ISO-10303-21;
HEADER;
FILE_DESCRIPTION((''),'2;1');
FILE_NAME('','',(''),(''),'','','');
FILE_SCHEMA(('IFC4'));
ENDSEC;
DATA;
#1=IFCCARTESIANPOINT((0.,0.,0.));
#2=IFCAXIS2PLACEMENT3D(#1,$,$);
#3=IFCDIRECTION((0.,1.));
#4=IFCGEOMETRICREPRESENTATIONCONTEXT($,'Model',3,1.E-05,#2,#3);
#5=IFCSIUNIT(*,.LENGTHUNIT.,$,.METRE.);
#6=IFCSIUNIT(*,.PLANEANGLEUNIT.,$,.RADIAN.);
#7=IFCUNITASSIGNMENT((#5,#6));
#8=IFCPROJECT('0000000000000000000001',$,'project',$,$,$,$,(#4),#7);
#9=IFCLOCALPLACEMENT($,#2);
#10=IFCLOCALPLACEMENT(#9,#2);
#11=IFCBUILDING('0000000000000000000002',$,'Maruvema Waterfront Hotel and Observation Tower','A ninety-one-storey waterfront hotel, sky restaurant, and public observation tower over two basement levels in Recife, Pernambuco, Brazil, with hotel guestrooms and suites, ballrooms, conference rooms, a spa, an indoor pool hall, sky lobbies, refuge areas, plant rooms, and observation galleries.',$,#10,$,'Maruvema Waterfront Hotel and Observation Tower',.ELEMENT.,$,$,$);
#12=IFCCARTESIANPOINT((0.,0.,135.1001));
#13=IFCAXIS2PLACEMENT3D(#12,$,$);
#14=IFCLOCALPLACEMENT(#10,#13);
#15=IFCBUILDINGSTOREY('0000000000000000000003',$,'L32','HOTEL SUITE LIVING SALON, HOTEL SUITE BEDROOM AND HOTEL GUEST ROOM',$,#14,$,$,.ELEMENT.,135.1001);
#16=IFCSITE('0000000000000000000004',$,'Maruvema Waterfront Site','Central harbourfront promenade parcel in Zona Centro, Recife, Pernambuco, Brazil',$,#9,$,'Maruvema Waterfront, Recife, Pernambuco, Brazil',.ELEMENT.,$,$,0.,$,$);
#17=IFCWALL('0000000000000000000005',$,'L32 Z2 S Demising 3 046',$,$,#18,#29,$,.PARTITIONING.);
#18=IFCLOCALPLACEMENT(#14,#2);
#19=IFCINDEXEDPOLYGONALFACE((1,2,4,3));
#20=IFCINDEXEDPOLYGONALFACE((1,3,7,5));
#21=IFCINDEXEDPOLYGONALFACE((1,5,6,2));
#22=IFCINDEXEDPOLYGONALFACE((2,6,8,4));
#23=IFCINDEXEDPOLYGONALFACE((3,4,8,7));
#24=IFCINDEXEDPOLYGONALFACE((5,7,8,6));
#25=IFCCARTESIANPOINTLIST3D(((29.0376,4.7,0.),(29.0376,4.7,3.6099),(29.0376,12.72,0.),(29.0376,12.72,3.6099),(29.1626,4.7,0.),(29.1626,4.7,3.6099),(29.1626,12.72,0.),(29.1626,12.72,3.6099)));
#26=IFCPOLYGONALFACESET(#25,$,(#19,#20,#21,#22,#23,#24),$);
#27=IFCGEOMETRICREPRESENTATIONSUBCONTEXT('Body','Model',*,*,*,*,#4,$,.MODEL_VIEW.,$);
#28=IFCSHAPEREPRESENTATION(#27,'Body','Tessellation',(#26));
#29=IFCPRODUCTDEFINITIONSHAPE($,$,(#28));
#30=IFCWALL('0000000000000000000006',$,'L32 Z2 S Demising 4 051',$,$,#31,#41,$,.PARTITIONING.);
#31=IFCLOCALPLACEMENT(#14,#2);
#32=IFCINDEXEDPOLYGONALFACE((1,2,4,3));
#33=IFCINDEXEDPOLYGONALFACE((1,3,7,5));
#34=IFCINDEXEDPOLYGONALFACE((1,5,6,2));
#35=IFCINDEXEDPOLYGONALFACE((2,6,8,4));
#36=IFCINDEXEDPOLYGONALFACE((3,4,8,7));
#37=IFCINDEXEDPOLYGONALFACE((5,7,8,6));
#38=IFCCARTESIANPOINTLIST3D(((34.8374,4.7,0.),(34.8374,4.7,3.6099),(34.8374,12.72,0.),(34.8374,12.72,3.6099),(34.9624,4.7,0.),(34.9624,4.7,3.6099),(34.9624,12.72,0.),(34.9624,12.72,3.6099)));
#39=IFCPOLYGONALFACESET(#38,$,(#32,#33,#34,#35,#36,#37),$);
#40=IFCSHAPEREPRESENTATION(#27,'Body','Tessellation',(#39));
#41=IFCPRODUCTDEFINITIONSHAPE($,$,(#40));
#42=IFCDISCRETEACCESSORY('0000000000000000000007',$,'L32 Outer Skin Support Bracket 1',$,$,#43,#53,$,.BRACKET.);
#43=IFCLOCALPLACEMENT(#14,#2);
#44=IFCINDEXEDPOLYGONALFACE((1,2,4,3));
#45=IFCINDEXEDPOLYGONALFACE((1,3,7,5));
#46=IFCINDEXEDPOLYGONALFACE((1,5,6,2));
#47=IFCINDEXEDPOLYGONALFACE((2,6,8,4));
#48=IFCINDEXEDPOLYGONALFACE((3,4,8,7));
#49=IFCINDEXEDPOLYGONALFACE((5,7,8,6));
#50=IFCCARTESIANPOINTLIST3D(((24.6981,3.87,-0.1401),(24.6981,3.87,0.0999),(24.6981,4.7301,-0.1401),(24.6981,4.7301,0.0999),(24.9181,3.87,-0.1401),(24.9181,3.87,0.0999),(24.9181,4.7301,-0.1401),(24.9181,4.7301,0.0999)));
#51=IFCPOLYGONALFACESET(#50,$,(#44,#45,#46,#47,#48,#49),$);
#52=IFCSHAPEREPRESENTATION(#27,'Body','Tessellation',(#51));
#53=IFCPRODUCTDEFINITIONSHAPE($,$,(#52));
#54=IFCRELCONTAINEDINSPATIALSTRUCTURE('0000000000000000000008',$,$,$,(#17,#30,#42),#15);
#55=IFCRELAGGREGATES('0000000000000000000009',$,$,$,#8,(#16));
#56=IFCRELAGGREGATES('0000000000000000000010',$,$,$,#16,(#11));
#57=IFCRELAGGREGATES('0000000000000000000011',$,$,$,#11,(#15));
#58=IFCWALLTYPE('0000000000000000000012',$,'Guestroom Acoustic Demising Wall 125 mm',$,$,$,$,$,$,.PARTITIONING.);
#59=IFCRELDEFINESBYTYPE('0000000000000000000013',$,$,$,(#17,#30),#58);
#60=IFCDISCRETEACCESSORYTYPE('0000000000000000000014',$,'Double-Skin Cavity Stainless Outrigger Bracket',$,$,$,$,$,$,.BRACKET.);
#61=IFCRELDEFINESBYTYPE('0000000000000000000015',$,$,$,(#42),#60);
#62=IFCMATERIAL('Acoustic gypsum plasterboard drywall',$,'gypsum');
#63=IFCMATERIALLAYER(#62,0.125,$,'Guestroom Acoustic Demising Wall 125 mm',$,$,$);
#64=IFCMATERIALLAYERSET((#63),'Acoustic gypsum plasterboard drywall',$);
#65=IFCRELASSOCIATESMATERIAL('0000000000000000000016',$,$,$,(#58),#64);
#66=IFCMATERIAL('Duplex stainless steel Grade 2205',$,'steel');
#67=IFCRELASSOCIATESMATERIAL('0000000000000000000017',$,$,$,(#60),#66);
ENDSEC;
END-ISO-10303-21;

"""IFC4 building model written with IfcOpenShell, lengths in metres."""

from ifc_helpers import new_model, si_unit, direction, frame, frame_2d, origin, origin_2d, place, context, subcontext, project, spatial, rectangle, extrude, material, layer, layer_set, type_object, element, save


model = new_model("IFC4")

# Units and contexts
model_context = context("Model", 3, precision=1e-05, world=origin(), true_north=direction((0.0, 1.0)))
body_context = subcontext(model_context, "Body", "Model", "MODEL_VIEW")
ifc_project = project(units=[si_unit("LENGTHUNIT", "METRE"), si_unit("PLANEANGLEUNIT", "RADIAN")], contexts=[model_context])

# Site, building, storey
site_placement = place(None, origin())
site = spatial("IfcSite", under=ifc_project, at=site_placement, Name="Maruvema Waterfront Site", Description="Central harbourfront promenade parcel in Zona Centro, Recife, Pernambuco, Brazil", LongName="Maruvema Waterfront, Recife, Pernambuco, Brazil", CompositionType="ELEMENT", RefElevation=0.0)
building_placement = place(site_placement, origin())
building = spatial("IfcBuilding", under=site, at=building_placement, Name="Maruvema Waterfront Hotel and Observation Tower", Description="A ninety-one-storey waterfront hotel, sky restaurant, and public observation tower over two basement levels in Recife, Pernambuco, Brazil, with hotel guestrooms and suites, ballrooms, conference rooms, a spa, an indoor pool hall, sky lobbies, refuge areas, plant rooms, and observation galleries.", LongName="Maruvema Waterfront Hotel and Observation Tower", CompositionType="ELEMENT")
storey_placement = place(building_placement, frame((0.0, 0.0, 135.1001)))
storey = spatial("IfcBuildingStorey", under=building, at=storey_placement, Name="L32", Description="HOTEL SUITE LIVING SALON, HOTEL SUITE BEDROOM AND HOTEL GUEST ROOM", CompositionType="ELEMENT", Elevation=135.1001)

# Walls
ifc_material_1 = material(Name="Acoustic gypsum plasterboard drywall", Category="gypsum")
ifc_layer_1 = layer(ifc_material_1, 0.125, Name="Guestroom Acoustic Demising Wall 125 mm")
ifc_layer_set_1 = layer_set([ifc_layer_1], Name="Acoustic gypsum plasterboard drywall")
wall_type_1 = type_object("IfcWallType", Name="Guestroom Acoustic Demising Wall 125 mm", PredefinedType="PARTITIONING", material=ifc_layer_set_1)
for number, where, z_axis, x_axis, name in (
    (1, (29.1001, 4.7, 0.0), (0.0, 0.0, 1.0), (0.0, 1.0, 0.0), "L32 Z2 S Demising 3 046"),
    (2, (34.8999, 4.7, 0.0), (0.0, 0.0, 1.0), (0.0, 1.0, 0.0), "L32 Z2 S Demising 4 051"),
):
    element("IfcWall", number, at=place(storey_placement, frame(where, z_axis=z_axis, x_axis=x_axis)), inside=storey, type_object=wall_type_1, Name=name, PredefinedType="PARTITIONING", context=body_context, shape_type="SweptSolid", body=[
        extrude(rectangle(XDim=8.02, YDim=0.125, at=frame_2d((4.01, 0.0))), origin(), (0.0, 0.0, 1.0), 3.6099),
    ])

# Discrete accessory
ifc_material_2 = material(Name="Duplex stainless steel Grade 2205", Category="steel")
discrete_accessory_type = type_object("IfcDiscreteAccessoryType", Name="Double-Skin Cavity Stainless Outrigger Bracket", PredefinedType="BRACKET", material=ifc_material_2)
discrete_accessory_placement = place(storey_placement, frame((24.8081, 4.3, -0.1401), z_axis=(0.0, 0.0, 1.0), x_axis=(1.0, 0.0, 0.0)))
element("IfcDiscreteAccessory", 3, at=discrete_accessory_placement, inside=storey, type_object=discrete_accessory_type, Name="L32 Outer Skin Support Bracket 1", PredefinedType="BRACKET", context=body_context, shape_type="SweptSolid", body=[
    extrude(rectangle(XDim=0.22, YDim=0.8601, at=origin_2d()), origin(), (0.0, 0.0, 1.0), 0.24),
])

save(model, "model.ifc")
